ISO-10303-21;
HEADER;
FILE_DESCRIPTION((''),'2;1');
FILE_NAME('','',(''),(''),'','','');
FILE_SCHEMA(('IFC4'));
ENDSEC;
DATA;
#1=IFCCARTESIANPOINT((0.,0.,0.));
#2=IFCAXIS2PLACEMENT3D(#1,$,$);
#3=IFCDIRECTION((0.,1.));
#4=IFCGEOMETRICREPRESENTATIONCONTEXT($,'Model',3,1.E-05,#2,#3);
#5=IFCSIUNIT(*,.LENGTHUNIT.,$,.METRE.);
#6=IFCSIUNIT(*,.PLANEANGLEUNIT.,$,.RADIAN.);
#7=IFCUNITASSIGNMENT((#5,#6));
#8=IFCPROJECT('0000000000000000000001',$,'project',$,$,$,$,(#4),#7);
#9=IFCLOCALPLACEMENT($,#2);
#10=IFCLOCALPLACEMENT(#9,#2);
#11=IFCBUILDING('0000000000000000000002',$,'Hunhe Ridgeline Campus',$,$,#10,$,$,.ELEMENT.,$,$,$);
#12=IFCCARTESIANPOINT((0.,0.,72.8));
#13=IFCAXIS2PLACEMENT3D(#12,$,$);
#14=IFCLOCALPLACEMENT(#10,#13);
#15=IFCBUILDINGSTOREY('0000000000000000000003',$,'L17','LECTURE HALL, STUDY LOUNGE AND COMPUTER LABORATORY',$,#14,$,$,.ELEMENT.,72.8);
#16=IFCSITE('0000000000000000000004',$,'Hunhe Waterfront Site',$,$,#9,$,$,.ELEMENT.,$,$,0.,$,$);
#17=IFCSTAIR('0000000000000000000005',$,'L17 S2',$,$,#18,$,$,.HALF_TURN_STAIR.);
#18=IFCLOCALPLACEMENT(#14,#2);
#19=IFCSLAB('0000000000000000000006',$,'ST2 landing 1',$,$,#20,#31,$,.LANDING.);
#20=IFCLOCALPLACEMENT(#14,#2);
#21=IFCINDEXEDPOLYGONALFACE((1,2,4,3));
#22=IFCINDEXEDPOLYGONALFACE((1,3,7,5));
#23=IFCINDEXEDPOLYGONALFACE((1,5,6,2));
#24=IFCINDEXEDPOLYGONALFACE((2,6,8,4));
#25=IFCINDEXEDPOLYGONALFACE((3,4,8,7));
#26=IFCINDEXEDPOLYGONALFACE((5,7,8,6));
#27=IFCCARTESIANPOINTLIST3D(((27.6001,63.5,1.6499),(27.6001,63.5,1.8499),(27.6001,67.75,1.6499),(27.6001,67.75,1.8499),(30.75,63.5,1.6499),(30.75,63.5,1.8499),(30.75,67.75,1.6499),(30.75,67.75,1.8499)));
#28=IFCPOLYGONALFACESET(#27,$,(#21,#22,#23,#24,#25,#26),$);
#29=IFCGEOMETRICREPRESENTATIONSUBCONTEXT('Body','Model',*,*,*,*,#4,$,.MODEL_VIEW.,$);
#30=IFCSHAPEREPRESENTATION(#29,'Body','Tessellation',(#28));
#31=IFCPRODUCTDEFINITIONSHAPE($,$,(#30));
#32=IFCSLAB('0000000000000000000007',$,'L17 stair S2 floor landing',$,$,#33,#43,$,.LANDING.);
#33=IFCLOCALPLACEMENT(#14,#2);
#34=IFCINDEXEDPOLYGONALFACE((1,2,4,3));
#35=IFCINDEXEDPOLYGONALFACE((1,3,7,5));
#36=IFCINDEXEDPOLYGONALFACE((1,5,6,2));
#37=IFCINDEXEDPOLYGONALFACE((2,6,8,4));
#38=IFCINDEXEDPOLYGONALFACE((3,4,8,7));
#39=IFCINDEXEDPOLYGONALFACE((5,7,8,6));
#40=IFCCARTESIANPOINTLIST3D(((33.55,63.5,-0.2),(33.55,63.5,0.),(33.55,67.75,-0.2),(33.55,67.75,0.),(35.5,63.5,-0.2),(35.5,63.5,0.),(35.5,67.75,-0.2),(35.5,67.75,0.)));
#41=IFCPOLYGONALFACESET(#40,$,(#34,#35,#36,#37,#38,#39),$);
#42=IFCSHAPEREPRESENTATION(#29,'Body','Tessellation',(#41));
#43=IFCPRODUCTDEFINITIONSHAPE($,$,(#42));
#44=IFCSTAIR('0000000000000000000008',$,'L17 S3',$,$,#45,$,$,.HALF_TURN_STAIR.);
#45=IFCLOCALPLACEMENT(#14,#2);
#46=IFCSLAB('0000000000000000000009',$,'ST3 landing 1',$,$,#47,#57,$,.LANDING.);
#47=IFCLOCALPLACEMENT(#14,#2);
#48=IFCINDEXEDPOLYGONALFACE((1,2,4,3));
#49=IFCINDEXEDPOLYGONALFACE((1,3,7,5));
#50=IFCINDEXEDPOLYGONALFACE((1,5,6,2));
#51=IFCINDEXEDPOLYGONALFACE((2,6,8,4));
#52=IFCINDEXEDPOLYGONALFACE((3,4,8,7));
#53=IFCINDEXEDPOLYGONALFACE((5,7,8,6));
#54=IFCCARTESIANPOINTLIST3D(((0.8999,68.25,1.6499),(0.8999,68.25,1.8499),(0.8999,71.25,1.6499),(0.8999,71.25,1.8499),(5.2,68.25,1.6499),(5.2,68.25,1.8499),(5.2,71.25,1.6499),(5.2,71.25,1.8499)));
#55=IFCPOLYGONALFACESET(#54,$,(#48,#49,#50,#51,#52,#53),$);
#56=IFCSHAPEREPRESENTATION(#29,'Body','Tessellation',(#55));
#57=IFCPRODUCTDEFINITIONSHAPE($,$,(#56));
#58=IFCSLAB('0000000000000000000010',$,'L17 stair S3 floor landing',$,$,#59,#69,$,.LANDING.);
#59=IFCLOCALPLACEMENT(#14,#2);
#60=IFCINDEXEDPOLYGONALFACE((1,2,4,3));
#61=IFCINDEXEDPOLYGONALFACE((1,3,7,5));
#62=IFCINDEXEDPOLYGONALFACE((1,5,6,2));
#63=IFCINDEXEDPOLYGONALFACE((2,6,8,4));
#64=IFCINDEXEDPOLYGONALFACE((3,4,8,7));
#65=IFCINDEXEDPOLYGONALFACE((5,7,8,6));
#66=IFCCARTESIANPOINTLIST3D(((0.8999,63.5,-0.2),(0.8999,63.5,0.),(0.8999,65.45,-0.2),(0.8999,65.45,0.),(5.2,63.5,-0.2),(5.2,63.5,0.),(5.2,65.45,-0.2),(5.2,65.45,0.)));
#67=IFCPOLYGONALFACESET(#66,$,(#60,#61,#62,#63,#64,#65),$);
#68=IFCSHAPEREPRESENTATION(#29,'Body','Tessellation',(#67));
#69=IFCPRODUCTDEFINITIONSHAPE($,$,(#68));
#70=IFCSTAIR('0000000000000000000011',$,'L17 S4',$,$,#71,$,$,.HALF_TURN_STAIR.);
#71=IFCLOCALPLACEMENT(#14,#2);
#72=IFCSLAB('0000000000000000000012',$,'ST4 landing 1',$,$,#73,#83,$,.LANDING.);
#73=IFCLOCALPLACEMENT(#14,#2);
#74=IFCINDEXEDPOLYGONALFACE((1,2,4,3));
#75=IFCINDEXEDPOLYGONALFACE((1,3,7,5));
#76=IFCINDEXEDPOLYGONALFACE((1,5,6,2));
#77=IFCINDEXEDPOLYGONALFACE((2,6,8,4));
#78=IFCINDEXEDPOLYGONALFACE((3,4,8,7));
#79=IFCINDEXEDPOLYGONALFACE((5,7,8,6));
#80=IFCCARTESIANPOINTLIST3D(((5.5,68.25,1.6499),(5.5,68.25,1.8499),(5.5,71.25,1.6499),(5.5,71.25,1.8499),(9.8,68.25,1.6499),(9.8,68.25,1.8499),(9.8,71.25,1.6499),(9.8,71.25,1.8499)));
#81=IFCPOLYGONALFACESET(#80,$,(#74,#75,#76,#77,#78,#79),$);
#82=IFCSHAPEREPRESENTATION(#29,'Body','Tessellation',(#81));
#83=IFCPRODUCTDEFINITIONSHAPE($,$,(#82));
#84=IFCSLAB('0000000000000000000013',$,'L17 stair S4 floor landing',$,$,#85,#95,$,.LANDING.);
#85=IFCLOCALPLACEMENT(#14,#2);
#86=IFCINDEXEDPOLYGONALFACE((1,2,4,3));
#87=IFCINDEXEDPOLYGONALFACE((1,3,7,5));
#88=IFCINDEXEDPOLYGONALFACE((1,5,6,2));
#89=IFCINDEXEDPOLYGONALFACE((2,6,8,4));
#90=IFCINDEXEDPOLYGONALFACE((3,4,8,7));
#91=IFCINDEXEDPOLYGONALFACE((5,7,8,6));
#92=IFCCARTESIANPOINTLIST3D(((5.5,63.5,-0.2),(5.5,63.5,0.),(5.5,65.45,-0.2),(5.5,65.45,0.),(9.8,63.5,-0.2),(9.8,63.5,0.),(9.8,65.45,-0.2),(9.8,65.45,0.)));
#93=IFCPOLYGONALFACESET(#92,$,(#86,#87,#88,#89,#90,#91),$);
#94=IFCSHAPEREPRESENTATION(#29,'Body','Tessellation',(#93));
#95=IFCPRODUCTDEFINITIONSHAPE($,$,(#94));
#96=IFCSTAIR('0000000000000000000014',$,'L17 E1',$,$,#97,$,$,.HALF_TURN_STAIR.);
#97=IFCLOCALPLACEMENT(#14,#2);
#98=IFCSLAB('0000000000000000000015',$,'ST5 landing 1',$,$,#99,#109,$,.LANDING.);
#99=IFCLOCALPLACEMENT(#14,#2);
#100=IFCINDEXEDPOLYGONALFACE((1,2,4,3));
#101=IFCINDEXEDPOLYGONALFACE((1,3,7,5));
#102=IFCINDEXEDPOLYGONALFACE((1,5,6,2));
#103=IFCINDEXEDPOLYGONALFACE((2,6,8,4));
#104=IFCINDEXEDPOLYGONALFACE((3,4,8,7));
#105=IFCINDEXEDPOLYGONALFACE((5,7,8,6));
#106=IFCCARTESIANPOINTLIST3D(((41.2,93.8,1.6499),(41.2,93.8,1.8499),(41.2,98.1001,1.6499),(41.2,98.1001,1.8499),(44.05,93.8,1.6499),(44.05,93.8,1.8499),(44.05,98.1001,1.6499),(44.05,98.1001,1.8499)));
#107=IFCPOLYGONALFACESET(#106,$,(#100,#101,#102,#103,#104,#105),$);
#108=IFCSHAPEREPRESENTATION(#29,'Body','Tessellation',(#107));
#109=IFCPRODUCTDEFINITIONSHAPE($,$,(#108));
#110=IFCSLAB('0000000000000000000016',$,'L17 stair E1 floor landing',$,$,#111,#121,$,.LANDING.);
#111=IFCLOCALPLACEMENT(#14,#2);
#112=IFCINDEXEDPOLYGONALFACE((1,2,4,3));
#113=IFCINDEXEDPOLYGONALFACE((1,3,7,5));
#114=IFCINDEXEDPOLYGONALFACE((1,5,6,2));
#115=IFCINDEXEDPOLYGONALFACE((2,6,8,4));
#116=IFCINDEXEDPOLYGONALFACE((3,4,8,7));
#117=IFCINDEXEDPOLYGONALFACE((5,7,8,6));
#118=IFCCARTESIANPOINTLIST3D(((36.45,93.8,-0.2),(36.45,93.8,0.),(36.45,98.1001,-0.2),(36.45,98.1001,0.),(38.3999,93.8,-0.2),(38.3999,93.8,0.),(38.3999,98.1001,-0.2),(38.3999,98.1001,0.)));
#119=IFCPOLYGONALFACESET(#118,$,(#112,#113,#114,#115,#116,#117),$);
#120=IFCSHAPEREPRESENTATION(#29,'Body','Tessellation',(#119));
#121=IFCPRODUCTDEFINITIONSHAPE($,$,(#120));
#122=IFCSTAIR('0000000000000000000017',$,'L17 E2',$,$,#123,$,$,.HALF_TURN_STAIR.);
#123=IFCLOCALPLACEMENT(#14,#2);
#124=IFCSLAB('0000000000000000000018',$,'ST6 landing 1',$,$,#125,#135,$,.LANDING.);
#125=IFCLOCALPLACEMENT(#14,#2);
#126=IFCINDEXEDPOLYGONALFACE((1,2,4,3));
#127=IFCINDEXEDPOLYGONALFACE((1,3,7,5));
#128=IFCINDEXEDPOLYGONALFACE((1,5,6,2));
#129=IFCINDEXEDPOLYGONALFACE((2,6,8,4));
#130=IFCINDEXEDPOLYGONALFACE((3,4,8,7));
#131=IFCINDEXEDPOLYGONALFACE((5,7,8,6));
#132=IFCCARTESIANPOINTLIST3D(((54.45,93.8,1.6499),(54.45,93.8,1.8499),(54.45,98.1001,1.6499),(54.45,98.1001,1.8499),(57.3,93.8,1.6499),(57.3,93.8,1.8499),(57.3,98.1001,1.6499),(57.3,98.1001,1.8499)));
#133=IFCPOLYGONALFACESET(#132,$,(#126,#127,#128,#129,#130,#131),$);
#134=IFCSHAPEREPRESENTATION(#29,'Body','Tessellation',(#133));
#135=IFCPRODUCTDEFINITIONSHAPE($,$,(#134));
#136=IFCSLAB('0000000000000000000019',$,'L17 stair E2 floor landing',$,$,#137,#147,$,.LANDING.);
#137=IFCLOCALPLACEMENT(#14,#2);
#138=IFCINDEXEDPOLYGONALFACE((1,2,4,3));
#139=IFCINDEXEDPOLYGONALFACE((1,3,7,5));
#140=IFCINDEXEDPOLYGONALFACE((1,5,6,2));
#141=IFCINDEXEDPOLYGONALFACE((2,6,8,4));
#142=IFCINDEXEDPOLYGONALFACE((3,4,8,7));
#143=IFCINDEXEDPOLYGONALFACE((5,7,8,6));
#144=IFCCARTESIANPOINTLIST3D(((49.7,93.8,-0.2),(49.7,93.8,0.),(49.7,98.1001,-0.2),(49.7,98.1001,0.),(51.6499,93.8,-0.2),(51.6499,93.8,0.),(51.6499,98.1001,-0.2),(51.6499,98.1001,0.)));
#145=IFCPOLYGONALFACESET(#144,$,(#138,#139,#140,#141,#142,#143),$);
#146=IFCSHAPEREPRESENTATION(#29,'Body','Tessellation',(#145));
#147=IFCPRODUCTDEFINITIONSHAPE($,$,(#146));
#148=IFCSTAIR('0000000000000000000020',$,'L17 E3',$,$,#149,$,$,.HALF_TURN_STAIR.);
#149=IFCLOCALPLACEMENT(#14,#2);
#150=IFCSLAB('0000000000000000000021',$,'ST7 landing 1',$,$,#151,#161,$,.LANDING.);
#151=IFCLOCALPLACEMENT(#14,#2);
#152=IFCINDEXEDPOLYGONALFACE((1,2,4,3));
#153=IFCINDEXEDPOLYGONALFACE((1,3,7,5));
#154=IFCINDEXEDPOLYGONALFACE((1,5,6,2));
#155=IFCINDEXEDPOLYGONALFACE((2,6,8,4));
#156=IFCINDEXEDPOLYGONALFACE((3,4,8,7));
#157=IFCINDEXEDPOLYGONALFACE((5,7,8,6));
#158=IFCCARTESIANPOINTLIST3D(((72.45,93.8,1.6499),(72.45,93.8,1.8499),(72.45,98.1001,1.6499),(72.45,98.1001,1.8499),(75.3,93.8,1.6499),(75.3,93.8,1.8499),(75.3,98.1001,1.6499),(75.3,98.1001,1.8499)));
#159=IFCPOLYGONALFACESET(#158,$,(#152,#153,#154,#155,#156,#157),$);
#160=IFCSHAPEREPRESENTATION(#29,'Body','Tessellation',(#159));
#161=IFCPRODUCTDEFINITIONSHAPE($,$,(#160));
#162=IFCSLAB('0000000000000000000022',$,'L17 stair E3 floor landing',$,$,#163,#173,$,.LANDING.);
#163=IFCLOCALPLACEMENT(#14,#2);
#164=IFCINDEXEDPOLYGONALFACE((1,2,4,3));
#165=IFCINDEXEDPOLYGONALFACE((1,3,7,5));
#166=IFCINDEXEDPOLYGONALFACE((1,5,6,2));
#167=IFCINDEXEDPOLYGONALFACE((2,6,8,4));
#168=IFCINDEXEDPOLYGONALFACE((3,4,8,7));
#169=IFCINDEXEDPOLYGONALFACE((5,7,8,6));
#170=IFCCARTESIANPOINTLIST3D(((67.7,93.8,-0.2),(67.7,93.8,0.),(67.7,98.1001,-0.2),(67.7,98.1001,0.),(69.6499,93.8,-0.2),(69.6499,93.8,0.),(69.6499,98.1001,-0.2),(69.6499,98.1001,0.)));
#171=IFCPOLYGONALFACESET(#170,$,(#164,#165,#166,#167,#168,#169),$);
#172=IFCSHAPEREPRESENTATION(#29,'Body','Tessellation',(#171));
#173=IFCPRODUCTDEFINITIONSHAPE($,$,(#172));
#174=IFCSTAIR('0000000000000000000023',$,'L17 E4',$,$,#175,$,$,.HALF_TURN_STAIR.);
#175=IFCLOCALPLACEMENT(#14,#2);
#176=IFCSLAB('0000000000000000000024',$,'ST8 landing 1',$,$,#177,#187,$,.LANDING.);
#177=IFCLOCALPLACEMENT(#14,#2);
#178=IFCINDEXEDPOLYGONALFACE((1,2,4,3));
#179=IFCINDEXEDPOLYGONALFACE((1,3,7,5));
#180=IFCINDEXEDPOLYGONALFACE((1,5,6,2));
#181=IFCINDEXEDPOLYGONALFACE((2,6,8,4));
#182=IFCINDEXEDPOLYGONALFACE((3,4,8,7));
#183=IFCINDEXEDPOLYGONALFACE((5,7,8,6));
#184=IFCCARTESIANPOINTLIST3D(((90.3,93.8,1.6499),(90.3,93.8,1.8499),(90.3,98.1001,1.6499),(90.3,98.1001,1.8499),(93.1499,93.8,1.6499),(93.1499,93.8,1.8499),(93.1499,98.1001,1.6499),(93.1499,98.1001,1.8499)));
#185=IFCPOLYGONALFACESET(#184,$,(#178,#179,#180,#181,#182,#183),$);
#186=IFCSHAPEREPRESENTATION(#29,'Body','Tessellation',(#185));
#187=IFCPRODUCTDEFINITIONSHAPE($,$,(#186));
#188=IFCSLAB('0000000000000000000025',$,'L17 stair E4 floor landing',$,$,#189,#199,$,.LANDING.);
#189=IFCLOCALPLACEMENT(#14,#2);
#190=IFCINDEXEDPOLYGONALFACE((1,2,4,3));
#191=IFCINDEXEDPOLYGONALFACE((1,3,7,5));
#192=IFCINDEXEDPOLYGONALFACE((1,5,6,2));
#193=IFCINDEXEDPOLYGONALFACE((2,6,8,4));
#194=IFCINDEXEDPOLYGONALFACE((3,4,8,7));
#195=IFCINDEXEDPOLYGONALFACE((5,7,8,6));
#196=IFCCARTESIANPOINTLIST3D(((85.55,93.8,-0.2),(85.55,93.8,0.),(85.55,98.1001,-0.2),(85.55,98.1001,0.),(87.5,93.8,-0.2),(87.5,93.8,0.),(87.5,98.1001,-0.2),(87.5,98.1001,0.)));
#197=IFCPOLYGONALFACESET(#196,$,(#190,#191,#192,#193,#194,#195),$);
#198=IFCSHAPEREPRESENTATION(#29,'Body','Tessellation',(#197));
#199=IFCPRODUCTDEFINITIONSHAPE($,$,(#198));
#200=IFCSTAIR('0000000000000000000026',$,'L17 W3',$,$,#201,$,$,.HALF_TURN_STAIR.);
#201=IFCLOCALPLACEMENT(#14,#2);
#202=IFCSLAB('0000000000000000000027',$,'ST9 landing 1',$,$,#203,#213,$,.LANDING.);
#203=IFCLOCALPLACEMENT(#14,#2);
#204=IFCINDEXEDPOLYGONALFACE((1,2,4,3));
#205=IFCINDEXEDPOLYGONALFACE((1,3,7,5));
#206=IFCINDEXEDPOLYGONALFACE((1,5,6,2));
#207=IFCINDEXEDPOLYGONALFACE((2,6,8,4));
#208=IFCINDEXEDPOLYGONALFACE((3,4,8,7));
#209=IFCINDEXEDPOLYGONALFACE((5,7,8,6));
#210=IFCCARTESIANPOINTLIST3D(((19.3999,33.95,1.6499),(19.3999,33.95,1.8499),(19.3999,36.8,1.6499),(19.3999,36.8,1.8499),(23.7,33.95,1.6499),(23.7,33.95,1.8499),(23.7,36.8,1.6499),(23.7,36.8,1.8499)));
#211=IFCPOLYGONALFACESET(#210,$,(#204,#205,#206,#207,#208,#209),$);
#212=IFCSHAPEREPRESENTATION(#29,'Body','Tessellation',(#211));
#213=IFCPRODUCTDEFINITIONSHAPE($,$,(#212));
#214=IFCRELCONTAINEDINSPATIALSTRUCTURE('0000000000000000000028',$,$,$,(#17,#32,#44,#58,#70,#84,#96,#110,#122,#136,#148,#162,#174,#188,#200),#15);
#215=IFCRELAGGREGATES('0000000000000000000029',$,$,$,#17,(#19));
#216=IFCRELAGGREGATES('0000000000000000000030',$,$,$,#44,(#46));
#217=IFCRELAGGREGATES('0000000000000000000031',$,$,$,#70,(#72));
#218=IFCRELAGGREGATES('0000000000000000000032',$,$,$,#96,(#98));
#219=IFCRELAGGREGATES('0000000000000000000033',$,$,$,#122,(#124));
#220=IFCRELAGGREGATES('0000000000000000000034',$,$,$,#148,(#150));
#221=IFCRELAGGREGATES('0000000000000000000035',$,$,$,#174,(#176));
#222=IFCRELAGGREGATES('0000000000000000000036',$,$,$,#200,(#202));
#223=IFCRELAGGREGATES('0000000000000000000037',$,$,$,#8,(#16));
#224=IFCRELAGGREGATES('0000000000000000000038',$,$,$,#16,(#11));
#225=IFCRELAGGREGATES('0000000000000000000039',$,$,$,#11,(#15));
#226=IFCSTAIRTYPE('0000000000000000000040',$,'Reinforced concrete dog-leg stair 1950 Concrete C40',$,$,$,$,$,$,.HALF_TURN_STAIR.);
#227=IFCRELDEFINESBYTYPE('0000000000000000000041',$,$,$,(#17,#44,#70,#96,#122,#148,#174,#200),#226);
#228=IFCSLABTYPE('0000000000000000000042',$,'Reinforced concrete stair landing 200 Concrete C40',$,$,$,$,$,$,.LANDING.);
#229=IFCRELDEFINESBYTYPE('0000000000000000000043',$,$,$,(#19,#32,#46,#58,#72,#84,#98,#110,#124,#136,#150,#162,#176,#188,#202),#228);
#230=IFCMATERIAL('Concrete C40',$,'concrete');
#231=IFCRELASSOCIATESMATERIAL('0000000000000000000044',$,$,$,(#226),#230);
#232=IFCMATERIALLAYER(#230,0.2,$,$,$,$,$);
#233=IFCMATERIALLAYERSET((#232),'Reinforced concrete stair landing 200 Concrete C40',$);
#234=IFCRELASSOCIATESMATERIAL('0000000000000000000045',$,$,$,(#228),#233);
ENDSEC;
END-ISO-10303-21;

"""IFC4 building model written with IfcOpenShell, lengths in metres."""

from ifc_helpers import new_model, si_unit, direction, frame, origin, place, context, subcontext, project, spatial, polyline, outline, extrude, material, layer, layer_set, type_object, element, aggregate, save


model = new_model("IFC4")

# Units and contexts
model_context = context("Model", 3, precision=1e-05, world=origin(), true_north=direction((0.0, 1.0)))
body_context = subcontext(model_context, "Body", "Model", "MODEL_VIEW")
ifc_project = project(units=[si_unit("LENGTHUNIT", "METRE"), si_unit("PLANEANGLEUNIT", "RADIAN")], contexts=[model_context])

# Site, building, storey
site_placement = place(None, origin())
site = spatial("IfcSite", under=ifc_project, at=site_placement, Name="Hunhe Waterfront Site", CompositionType="ELEMENT", RefElevation=0.0)
building_placement = place(site_placement, origin())
building = spatial("IfcBuilding", under=site, at=building_placement, Name="Hunhe Ridgeline Campus", CompositionType="ELEMENT")
storey_placement = place(building_placement, frame((0.0, 0.0, 72.8)))
storey = spatial("IfcBuildingStorey", under=building, at=storey_placement, Name="L17", Description="LECTURE HALL, STUDY LOUNGE AND COMPUTER LABORATORY", CompositionType="ELEMENT", Elevation=72.8)

# Shared definitions
ifc_material_1 = material(Name="Concrete C40", Category="concrete")

# Shared definitions
stair_type = type_object("IfcStairType", Name="Reinforced concrete dog-leg stair 1950 Concrete C40", PredefinedType="HALF_TURN_STAIR", material=ifc_material_1)
ifc_layer_1 = layer(ifc_material_1, 0.2)
ifc_layer_set_1 = layer_set([ifc_layer_1], Name="Reinforced concrete stair landing 200 Concrete C40")
slab_type_1 = type_object("IfcSlabType", Name="Reinforced concrete stair landing 200 Concrete C40", PredefinedType="LANDING", material=ifc_layer_set_1)

# Stair, slab
stair_1_placement = place(storey_placement, origin())
stair_1 = element("IfcStair", 1, at=stair_1_placement, inside=storey, type_object=stair_type, Name="L17 S2", PredefinedType="HALF_TURN_STAIR")
slab_1_placement = place(storey_placement, frame((0.0, 0.0, 1.6499)))
slab_1 = element("IfcSlab", 2, at=slab_1_placement, type_object=slab_type_1, Name="ST2 landing 1", PredefinedType="LANDING", context=body_context, shape_type="SweptSolid", body=[
    extrude(outline(polyline([(30.75, 67.75), (27.6001, 67.75), (27.6001, 63.5), (30.75, 63.5), (30.75, 67.75)])), origin(), (0.0, 0.0, 1.0), 0.2),
])
aggregate(stair_1, [slab_1])

# Slab
slab_2_placement = place(storey_placement, frame((0.0, 0.0, -0.2)))
element("IfcSlab", 3, at=slab_2_placement, inside=storey, type_object=slab_type_1, Name="L17 stair S2 floor landing", PredefinedType="LANDING", context=body_context, shape_type="SweptSolid", body=[
    extrude(outline(polyline([(35.5, 67.75), (33.55, 67.75), (33.55, 63.5), (35.5, 63.5), (35.5, 67.75)])), origin(), (0.0, 0.0, 1.0), 0.2),
])

# Stair, slab
stair_2_placement = place(storey_placement, origin())
stair_2 = element("IfcStair", 4, at=stair_2_placement, inside=storey, type_object=stair_type, Name="L17 S3", PredefinedType="HALF_TURN_STAIR")
slab_3_placement = place(storey_placement, frame((0.0, 0.0, 1.6499)))
slab_3 = element("IfcSlab", 5, at=slab_3_placement, type_object=slab_type_1, Name="ST3 landing 1", PredefinedType="LANDING", context=body_context, shape_type="SweptSolid", body=[
    extrude(outline(polyline([(5.2, 68.25), (5.2, 71.25), (0.8999, 71.25), (0.8999, 68.25), (5.2, 68.25)])), origin(), (0.0, 0.0, 1.0), 0.2),
])
aggregate(stair_2, [slab_3])

# Slab
slab_4_placement = place(storey_placement, frame((0.0, 0.0, -0.2)))
element("IfcSlab", 6, at=slab_4_placement, inside=storey, type_object=slab_type_1, Name="L17 stair S3 floor landing", PredefinedType="LANDING", context=body_context, shape_type="SweptSolid", body=[
    extrude(outline(polyline([(5.2, 63.5), (5.2, 65.45), (0.8999, 65.45), (0.8999, 63.5), (5.2, 63.5)])), origin(), (0.0, 0.0, 1.0), 0.2),
])

# Stair, slab
stair_3_placement = place(storey_placement, origin())
stair_3 = element("IfcStair", 7, at=stair_3_placement, inside=storey, type_object=stair_type, Name="L17 S4", PredefinedType="HALF_TURN_STAIR")
slab_5_placement = place(storey_placement, frame((0.0, 0.0, 1.6499)))
slab_5 = element("IfcSlab", 8, at=slab_5_placement, type_object=slab_type_1, Name="ST4 landing 1", PredefinedType="LANDING", context=body_context, shape_type="SweptSolid", body=[
    extrude(outline(polyline([(9.8, 68.25), (9.8, 71.25), (5.5, 71.25), (5.5, 68.25), (9.8, 68.25)])), origin(), (0.0, 0.0, 1.0), 0.2),
])
aggregate(stair_3, [slab_5])

# Slab
slab_6_placement = place(storey_placement, frame((0.0, 0.0, -0.2)))
element("IfcSlab", 9, at=slab_6_placement, inside=storey, type_object=slab_type_1, Name="L17 stair S4 floor landing", PredefinedType="LANDING", context=body_context, shape_type="SweptSolid", body=[
    extrude(outline(polyline([(9.8, 63.5), (9.8, 65.45), (5.5, 65.45), (5.5, 63.5), (9.8, 63.5)])), origin(), (0.0, 0.0, 1.0), 0.2),
])

# Stair, slab
stair_4_placement = place(storey_placement, origin())
stair_4 = element("IfcStair", 10, at=stair_4_placement, inside=storey, type_object=stair_type, Name="L17 E1", PredefinedType="HALF_TURN_STAIR")
slab_7_placement = place(storey_placement, frame((0.0, 0.0, 1.6499)))
slab_7 = element("IfcSlab", 11, at=slab_7_placement, type_object=slab_type_1, Name="ST5 landing 1", PredefinedType="LANDING", context=body_context, shape_type="SweptSolid", body=[
    extrude(outline(polyline([(41.2, 93.8), (44.05, 93.8), (44.05, 98.1001), (41.2, 98.1001), (41.2, 93.8)])), origin(), (0.0, 0.0, 1.0), 0.2),
])
aggregate(stair_4, [slab_7])

# Slab
slab_8_placement = place(storey_placement, frame((0.0, 0.0, -0.2)))
element("IfcSlab", 12, at=slab_8_placement, inside=storey, type_object=slab_type_1, Name="L17 stair E1 floor landing", PredefinedType="LANDING", context=body_context, shape_type="SweptSolid", body=[
    extrude(outline(polyline([(36.45, 93.8), (38.3999, 93.8), (38.3999, 98.1001), (36.45, 98.1001), (36.45, 93.8)])), origin(), (0.0, 0.0, 1.0), 0.2),
])

# Stair, slab
stair_5_placement = place(storey_placement, origin())
stair_5 = element("IfcStair", 13, at=stair_5_placement, inside=storey, type_object=stair_type, Name="L17 E2", PredefinedType="HALF_TURN_STAIR")
slab_9_placement = place(storey_placement, frame((0.0, 0.0, 1.6499)))
slab_9 = element("IfcSlab", 14, at=slab_9_placement, type_object=slab_type_1, Name="ST6 landing 1", PredefinedType="LANDING", context=body_context, shape_type="SweptSolid", body=[
    extrude(outline(polyline([(54.45, 93.8), (57.3, 93.8), (57.3, 98.1001), (54.45, 98.1001), (54.45, 93.8)])), origin(), (0.0, 0.0, 1.0), 0.2),
])
aggregate(stair_5, [slab_9])

# Slab
slab_10_placement = place(storey_placement, frame((0.0, 0.0, -0.2)))
element("IfcSlab", 15, at=slab_10_placement, inside=storey, type_object=slab_type_1, Name="L17 stair E2 floor landing", PredefinedType="LANDING", context=body_context, shape_type="SweptSolid", body=[
    extrude(outline(polyline([(49.7, 93.8), (51.6499, 93.8), (51.6499, 98.1001), (49.7, 98.1001), (49.7, 93.8)])), origin(), (0.0, 0.0, 1.0), 0.2),
])

# Stair, slab
stair_6_placement = place(storey_placement, origin())
stair_6 = element("IfcStair", 16, at=stair_6_placement, inside=storey, type_object=stair_type, Name="L17 E3", PredefinedType="HALF_TURN_STAIR")
slab_11_placement = place(storey_placement, frame((0.0, 0.0, 1.6499)))
slab_11 = element("IfcSlab", 17, at=slab_11_placement, type_object=slab_type_1, Name="ST7 landing 1", PredefinedType="LANDING", context=body_context, shape_type="SweptSolid", body=[
    extrude(outline(polyline([(72.45, 93.8), (75.3, 93.8), (75.3, 98.1001), (72.45, 98.1001), (72.45, 93.8)])), origin(), (0.0, 0.0, 1.0), 0.2),
])
aggregate(stair_6, [slab_11])

# Slab
slab_12_placement = place(storey_placement, frame((0.0, 0.0, -0.2)))
element("IfcSlab", 18, at=slab_12_placement, inside=storey, type_object=slab_type_1, Name="L17 stair E3 floor landing", PredefinedType="LANDING", context=body_context, shape_type="SweptSolid", body=[
    extrude(outline(polyline([(67.7, 93.8), (69.6499, 93.8), (69.6499, 98.1001), (67.7, 98.1001), (67.7, 93.8)])), origin(), (0.0, 0.0, 1.0), 0.2),
])

# Stair, slab
stair_7_placement = place(storey_placement, origin())
stair_7 = element("IfcStair", 19, at=stair_7_placement, inside=storey, type_object=stair_type, Name="L17 E4", PredefinedType="HALF_TURN_STAIR")
slab_13_placement = place(storey_placement, frame((0.0, 0.0, 1.6499)))
slab_13 = element("IfcSlab", 20, at=slab_13_placement, type_object=slab_type_1, Name="ST8 landing 1", PredefinedType="LANDING", context=body_context, shape_type="SweptSolid", body=[
    extrude(outline(polyline([(90.3, 93.8), (93.1499, 93.8), (93.1499, 98.1001), (90.3, 98.1001), (90.3, 93.8)])), origin(), (0.0, 0.0, 1.0), 0.2),
])
aggregate(stair_7, [slab_13])

# Slab
slab_14_placement = place(storey_placement, frame((0.0, 0.0, -0.2)))
element("IfcSlab", 21, at=slab_14_placement, inside=storey, type_object=slab_type_1, Name="L17 stair E4 floor landing", PredefinedType="LANDING", context=body_context, shape_type="SweptSolid", body=[
    extrude(outline(polyline([(85.55, 93.8), (87.5, 93.8), (87.5, 98.1001), (85.55, 98.1001), (85.55, 93.8)])), origin(), (0.0, 0.0, 1.0), 0.2),
])

# Stair, slab
stair_8_placement = place(storey_placement, origin())
stair_8 = element("IfcStair", 22, at=stair_8_placement, inside=storey, type_object=stair_type, Name="L17 W3", PredefinedType="HALF_TURN_STAIR")
slab_15_placement = place(storey_placement, frame((0.0, 0.0, 1.6499)))
slab_15 = element("IfcSlab", 23, at=slab_15_placement, type_object=slab_type_1, Name="ST9 landing 1", PredefinedType="LANDING", context=body_context, shape_type="SweptSolid", body=[
    extrude(outline(polyline([(23.7, 33.95), (23.7, 36.8), (19.3999, 36.8), (19.3999, 33.95), (23.7, 33.95)])), origin(), (0.0, 0.0, 1.0), 0.2),
])
aggregate(stair_8, [slab_15])

save(model, "model.ifc")
